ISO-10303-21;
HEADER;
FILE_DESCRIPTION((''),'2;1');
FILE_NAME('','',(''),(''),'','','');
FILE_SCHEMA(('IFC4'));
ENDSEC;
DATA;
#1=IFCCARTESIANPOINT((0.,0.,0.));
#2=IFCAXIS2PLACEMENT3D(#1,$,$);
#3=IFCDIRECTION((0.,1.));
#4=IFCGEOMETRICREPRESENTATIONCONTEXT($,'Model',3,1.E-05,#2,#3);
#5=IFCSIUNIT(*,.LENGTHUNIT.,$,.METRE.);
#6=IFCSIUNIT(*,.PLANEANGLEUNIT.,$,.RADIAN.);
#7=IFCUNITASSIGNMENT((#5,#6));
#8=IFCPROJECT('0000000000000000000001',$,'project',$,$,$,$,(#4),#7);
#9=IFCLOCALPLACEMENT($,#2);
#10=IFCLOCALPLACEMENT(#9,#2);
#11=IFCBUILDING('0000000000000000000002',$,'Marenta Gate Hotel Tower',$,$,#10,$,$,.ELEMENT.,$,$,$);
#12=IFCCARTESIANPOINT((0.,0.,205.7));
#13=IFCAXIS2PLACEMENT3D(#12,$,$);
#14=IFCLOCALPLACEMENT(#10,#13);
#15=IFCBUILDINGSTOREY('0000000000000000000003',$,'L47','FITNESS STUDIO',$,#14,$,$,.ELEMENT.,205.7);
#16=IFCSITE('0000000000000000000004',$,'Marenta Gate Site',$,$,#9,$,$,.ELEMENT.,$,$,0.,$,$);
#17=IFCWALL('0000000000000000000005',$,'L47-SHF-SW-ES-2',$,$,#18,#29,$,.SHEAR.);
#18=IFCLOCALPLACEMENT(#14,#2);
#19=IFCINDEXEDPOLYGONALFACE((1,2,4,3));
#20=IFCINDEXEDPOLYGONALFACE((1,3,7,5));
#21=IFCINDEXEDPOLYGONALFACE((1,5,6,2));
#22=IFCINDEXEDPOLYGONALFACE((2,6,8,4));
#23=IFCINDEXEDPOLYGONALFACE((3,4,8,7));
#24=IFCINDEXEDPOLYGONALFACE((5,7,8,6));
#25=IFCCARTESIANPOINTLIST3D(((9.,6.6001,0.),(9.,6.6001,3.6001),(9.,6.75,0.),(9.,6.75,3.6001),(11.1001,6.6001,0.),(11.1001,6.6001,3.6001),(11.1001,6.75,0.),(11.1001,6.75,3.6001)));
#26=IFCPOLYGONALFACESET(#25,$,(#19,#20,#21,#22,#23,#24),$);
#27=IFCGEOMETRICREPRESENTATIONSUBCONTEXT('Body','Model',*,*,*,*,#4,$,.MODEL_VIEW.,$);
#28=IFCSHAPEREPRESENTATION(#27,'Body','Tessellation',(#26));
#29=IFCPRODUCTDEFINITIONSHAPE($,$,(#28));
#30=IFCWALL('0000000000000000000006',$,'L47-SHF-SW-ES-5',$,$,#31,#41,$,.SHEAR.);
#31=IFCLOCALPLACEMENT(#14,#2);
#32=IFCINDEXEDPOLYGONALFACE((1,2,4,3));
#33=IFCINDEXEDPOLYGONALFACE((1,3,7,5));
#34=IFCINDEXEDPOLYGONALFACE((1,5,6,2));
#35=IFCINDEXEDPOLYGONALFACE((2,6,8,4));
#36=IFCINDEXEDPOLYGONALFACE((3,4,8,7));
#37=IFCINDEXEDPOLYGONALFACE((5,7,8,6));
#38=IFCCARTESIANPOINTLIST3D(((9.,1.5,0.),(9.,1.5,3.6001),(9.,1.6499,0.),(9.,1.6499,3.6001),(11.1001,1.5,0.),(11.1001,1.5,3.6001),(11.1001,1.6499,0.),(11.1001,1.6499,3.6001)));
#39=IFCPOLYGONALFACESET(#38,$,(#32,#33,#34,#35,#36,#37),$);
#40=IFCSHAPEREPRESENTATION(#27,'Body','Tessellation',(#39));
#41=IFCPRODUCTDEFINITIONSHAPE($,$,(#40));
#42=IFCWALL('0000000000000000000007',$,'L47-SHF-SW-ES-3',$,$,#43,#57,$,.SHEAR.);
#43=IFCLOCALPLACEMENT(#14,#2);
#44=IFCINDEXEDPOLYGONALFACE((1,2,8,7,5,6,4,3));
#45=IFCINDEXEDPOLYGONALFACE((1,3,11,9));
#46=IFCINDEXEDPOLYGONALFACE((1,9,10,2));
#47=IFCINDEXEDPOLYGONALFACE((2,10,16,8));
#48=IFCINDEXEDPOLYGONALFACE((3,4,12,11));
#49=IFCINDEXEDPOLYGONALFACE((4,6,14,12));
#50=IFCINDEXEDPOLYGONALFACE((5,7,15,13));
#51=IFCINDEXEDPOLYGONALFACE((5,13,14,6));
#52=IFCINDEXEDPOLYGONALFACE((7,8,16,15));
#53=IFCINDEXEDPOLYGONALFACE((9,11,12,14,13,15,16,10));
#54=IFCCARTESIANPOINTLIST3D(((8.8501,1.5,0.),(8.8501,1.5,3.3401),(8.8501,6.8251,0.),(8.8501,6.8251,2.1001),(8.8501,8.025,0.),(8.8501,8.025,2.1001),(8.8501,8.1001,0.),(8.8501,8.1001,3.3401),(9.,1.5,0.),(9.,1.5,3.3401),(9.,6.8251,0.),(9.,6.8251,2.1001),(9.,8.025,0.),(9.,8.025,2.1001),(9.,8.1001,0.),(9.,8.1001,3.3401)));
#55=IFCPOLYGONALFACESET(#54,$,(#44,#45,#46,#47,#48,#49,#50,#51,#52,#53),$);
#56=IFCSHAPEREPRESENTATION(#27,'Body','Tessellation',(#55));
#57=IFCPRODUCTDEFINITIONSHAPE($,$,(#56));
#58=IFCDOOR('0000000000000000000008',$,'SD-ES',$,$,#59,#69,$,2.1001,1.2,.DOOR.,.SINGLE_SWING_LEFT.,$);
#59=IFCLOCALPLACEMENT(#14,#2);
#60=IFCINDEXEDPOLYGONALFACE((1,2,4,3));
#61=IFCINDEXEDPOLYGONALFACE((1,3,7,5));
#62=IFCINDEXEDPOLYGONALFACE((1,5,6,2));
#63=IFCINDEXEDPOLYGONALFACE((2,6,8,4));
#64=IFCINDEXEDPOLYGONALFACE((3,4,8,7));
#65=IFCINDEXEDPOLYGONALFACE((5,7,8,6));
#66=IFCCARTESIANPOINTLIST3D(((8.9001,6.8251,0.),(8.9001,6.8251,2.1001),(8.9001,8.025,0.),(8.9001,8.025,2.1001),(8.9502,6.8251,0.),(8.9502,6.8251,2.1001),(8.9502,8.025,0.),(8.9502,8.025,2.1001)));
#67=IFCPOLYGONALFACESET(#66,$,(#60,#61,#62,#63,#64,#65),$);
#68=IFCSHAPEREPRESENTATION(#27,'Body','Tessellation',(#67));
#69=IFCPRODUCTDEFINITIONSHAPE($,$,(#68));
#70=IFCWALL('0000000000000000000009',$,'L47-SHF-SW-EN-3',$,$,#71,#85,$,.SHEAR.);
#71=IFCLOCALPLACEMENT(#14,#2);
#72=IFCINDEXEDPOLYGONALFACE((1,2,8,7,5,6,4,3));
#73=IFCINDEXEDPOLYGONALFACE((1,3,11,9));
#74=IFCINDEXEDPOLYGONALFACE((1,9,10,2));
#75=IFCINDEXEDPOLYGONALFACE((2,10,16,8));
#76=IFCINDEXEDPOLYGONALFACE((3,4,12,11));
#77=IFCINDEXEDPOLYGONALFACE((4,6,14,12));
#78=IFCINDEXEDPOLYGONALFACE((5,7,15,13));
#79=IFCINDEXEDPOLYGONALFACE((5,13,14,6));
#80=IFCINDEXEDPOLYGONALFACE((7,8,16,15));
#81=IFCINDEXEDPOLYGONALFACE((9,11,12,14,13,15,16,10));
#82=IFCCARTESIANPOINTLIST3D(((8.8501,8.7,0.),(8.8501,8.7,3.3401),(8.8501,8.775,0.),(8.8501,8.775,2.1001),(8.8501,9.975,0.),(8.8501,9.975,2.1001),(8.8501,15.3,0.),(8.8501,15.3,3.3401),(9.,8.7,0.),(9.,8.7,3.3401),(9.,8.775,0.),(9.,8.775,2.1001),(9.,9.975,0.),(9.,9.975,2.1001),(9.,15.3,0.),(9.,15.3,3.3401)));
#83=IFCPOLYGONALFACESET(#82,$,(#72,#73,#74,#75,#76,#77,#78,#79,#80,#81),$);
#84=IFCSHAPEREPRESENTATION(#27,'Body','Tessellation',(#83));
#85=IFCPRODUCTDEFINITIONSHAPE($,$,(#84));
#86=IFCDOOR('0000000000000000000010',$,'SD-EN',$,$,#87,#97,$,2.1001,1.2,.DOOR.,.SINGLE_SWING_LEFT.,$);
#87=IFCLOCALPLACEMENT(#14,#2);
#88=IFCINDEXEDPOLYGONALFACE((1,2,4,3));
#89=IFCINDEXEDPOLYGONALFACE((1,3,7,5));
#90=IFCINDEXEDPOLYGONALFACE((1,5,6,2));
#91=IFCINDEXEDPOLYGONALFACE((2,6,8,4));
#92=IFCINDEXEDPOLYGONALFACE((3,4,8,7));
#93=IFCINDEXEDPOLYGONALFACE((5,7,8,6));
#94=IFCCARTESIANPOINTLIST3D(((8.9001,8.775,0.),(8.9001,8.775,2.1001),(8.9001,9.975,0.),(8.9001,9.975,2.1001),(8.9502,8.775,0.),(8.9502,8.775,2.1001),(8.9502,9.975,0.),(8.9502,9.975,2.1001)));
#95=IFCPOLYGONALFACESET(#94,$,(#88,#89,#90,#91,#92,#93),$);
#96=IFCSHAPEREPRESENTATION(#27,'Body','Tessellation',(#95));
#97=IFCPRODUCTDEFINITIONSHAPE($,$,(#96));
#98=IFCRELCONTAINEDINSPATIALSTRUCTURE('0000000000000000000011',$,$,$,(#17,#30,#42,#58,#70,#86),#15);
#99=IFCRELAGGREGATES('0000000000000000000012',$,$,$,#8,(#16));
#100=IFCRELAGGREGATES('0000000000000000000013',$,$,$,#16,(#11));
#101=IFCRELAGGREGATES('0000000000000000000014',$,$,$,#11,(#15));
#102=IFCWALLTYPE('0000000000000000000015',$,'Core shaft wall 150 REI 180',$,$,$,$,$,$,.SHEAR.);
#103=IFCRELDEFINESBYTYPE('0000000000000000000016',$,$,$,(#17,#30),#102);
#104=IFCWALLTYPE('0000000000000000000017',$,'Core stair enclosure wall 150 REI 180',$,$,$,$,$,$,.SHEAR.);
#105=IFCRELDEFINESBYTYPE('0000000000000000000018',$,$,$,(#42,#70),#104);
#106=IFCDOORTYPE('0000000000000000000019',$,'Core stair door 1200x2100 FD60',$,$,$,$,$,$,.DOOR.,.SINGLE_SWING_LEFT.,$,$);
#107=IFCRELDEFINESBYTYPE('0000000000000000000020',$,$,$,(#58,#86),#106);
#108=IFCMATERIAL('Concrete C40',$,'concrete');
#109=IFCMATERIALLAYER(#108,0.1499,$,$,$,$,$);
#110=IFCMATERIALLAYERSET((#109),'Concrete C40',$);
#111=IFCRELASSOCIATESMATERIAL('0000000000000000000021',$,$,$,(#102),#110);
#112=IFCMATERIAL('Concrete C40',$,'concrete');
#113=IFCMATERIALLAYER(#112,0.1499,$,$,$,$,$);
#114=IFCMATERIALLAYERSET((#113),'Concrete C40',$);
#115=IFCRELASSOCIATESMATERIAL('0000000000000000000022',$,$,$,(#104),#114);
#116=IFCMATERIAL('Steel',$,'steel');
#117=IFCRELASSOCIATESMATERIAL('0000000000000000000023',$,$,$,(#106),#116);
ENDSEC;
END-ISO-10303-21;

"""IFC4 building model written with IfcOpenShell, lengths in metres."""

from ifc_helpers import new_model, si_unit, direction, frame, frame_2d, origin, place, context, subcontext, project, spatial, rectangle, extrude, material, layer, layer_set, type_object, element, fill, save


model = new_model("IFC4")

# Units and contexts
model_context = context("Model", 3, precision=1e-05, world=origin(), true_north=direction((0.0, 1.0)))
body_context = subcontext(model_context, "Body", "Model", "MODEL_VIEW")
ifc_project = project(units=[si_unit("LENGTHUNIT", "METRE"), si_unit("PLANEANGLEUNIT", "RADIAN")], contexts=[model_context])

# Site, building, storey
site_placement = place(None, origin())
site = spatial("IfcSite", under=ifc_project, at=site_placement, Name="Marenta Gate Site", CompositionType="ELEMENT", RefElevation=0.0)
building_placement = place(site_placement, origin())
building = spatial("IfcBuilding", under=site, at=building_placement, Name="Marenta Gate Hotel Tower", CompositionType="ELEMENT")
storey_placement = place(building_placement, frame((0.0, 0.0, 205.7)))
storey = spatial("IfcBuildingStorey", under=building, at=storey_placement, Name="L47", Description="FITNESS STUDIO", CompositionType="ELEMENT", Elevation=205.7)

# Walls
ifc_material_1 = material(Name="Concrete C40", Category="concrete")
ifc_layer_1 = layer(ifc_material_1, 0.1499)
ifc_layer_set_1 = layer_set([ifc_layer_1], Name="Concrete C40")
wall_type_1 = type_object("IfcWallType", Name="Core shaft wall 150 REI 180", PredefinedType="SHEAR", material=ifc_layer_set_1)
for number, where, z_axis, x_axis, name in (
    (1, (9.0, 6.675, 0.0), (0.0, 0.0, 1.0), (1.0, 0.0, 0.0), "L47-SHF-SW-ES-2"),
    (2, (9.0, 1.575, 0.0), (0.0, 0.0, 1.0), (1.0, 0.0, 0.0), "L47-SHF-SW-ES-5"),
):
    element("IfcWall", number, at=place(storey_placement, frame(where, z_axis=z_axis, x_axis=x_axis)), inside=storey, type_object=wall_type_1, Name=name, PredefinedType="SHEAR", context=body_context, shape_type="SweptSolid", body=[
        extrude(rectangle(XDim=2.1001, YDim=0.1499, at=frame_2d((1.05, 0.0))), origin(), (0.0, 0.0, 1.0), 3.6001),
    ])

# Walls, openings, doors
ifc_material_2 = material(Name="Concrete C40", Category="concrete")
ifc_layer_2 = layer(ifc_material_2, 0.1499)
ifc_layer_set_2 = layer_set([ifc_layer_2], Name="Concrete C40")
wall_type_2 = type_object("IfcWallType", Name="Core stair enclosure wall 150 REI 180", PredefinedType="SHEAR", material=ifc_layer_set_2)
wall_1_placement = place(storey_placement, frame((8.925, 1.5, 0.0), z_axis=(0.0, 0.0, 1.0), x_axis=(0.0, 1.0, 0.0)))
wall_1 = element("IfcWall", 3, at=wall_1_placement, inside=storey, type_object=wall_type_2, Name="L47-SHF-SW-ES-3", PredefinedType="SHEAR", context=body_context, shape_type="SweptSolid", body=[
    extrude(rectangle(XDim=6.6001, YDim=0.1499, at=frame_2d((3.3, 0.0))), origin(), (0.0, 0.0, 1.0), 3.3401),
])
opening_1_placement = place(wall_1_placement, frame((5.325, 0.0, 0.0)))
opening_1 = element("IfcOpeningElement", 4, at=opening_1_placement, cuts=wall_1, PredefinedType="OPENING", context=body_context, shape_type="SweptSolid", body=[
    extrude(rectangle(XDim=1.2, YDim=2.1001, at=frame_2d((0.6001, 1.05))), frame((0.0, 0.075, 0.0), z_axis=(0.0, -1.0, 0.0), x_axis=(1.0, 0.0, 0.0)), (0.0, 0.0, 1.0), 0.1499),
])
ifc_material_3 = material(Name="Steel", Category="steel")
door_type_1 = type_object("IfcDoorType", Name="Core stair door 1200x2100 FD60", OperationType="SINGLE_SWING_LEFT", PredefinedType="DOOR", material=ifc_material_3)
door_1_placement = place(opening_1_placement, origin())
door_1 = element("IfcDoor", 5, at=door_1_placement, inside=storey, type_object=door_type_1, Name="SD-ES", OperationType="SINGLE_SWING_LEFT", OverallHeight=2.1001, OverallWidth=1.2, PredefinedType="DOOR", context=body_context, shape_type="SweptSolid", body=[
    extrude(rectangle(XDim=1.2, YDim=2.1001, at=frame_2d((0.6001, 1.05))), frame((0.0, 0.0249, 0.0), z_axis=(0.0, -1.0, 0.0), x_axis=(1.0, 0.0, 0.0)), (0.0, 0.0, 1.0), 0.05),
])
fill(opening_1, door_1)
wall_2_placement = place(storey_placement, frame((8.925, 8.7, 0.0), z_axis=(0.0, 0.0, 1.0), x_axis=(0.0, 1.0, 0.0)))
wall_2 = element("IfcWall", 6, at=wall_2_placement, inside=storey, type_object=wall_type_2, Name="L47-SHF-SW-EN-3", PredefinedType="SHEAR", context=body_context, shape_type="SweptSolid", body=[
    extrude(rectangle(XDim=6.6001, YDim=0.1499, at=frame_2d((3.3, 0.0))), origin(), (0.0, 0.0, 1.0), 3.3401),
])
opening_2_placement = place(wall_2_placement, frame((0.075, 0.0, 0.0)))
opening_2 = element("IfcOpeningElement", 7, at=opening_2_placement, cuts=wall_2, PredefinedType="OPENING", context=body_context, shape_type="SweptSolid", body=[
    extrude(rectangle(XDim=1.2, YDim=2.1001, at=frame_2d((0.6001, 1.05))), frame((0.0, 0.075, 0.0), z_axis=(0.0, -1.0, 0.0), x_axis=(1.0, 0.0, 0.0)), (0.0, 0.0, 1.0), 0.1499),
])
door_2_placement = place(opening_2_placement, origin())
door_2 = element("IfcDoor", 8, at=door_2_placement, inside=storey, type_object=door_type_1, Name="SD-EN", OperationType="SINGLE_SWING_LEFT", OverallHeight=2.1001, OverallWidth=1.2, PredefinedType="DOOR", context=body_context, shape_type="SweptSolid", body=[
    extrude(rectangle(XDim=1.2, YDim=2.1001, at=frame_2d((0.6001, 1.05))), frame((0.0, 0.0249, 0.0), z_axis=(0.0, -1.0, 0.0), x_axis=(1.0, 0.0, 0.0)), (0.0, 0.0, 1.0), 0.05),
])
fill(opening_2, door_2)

save(model, "model.ifc")
